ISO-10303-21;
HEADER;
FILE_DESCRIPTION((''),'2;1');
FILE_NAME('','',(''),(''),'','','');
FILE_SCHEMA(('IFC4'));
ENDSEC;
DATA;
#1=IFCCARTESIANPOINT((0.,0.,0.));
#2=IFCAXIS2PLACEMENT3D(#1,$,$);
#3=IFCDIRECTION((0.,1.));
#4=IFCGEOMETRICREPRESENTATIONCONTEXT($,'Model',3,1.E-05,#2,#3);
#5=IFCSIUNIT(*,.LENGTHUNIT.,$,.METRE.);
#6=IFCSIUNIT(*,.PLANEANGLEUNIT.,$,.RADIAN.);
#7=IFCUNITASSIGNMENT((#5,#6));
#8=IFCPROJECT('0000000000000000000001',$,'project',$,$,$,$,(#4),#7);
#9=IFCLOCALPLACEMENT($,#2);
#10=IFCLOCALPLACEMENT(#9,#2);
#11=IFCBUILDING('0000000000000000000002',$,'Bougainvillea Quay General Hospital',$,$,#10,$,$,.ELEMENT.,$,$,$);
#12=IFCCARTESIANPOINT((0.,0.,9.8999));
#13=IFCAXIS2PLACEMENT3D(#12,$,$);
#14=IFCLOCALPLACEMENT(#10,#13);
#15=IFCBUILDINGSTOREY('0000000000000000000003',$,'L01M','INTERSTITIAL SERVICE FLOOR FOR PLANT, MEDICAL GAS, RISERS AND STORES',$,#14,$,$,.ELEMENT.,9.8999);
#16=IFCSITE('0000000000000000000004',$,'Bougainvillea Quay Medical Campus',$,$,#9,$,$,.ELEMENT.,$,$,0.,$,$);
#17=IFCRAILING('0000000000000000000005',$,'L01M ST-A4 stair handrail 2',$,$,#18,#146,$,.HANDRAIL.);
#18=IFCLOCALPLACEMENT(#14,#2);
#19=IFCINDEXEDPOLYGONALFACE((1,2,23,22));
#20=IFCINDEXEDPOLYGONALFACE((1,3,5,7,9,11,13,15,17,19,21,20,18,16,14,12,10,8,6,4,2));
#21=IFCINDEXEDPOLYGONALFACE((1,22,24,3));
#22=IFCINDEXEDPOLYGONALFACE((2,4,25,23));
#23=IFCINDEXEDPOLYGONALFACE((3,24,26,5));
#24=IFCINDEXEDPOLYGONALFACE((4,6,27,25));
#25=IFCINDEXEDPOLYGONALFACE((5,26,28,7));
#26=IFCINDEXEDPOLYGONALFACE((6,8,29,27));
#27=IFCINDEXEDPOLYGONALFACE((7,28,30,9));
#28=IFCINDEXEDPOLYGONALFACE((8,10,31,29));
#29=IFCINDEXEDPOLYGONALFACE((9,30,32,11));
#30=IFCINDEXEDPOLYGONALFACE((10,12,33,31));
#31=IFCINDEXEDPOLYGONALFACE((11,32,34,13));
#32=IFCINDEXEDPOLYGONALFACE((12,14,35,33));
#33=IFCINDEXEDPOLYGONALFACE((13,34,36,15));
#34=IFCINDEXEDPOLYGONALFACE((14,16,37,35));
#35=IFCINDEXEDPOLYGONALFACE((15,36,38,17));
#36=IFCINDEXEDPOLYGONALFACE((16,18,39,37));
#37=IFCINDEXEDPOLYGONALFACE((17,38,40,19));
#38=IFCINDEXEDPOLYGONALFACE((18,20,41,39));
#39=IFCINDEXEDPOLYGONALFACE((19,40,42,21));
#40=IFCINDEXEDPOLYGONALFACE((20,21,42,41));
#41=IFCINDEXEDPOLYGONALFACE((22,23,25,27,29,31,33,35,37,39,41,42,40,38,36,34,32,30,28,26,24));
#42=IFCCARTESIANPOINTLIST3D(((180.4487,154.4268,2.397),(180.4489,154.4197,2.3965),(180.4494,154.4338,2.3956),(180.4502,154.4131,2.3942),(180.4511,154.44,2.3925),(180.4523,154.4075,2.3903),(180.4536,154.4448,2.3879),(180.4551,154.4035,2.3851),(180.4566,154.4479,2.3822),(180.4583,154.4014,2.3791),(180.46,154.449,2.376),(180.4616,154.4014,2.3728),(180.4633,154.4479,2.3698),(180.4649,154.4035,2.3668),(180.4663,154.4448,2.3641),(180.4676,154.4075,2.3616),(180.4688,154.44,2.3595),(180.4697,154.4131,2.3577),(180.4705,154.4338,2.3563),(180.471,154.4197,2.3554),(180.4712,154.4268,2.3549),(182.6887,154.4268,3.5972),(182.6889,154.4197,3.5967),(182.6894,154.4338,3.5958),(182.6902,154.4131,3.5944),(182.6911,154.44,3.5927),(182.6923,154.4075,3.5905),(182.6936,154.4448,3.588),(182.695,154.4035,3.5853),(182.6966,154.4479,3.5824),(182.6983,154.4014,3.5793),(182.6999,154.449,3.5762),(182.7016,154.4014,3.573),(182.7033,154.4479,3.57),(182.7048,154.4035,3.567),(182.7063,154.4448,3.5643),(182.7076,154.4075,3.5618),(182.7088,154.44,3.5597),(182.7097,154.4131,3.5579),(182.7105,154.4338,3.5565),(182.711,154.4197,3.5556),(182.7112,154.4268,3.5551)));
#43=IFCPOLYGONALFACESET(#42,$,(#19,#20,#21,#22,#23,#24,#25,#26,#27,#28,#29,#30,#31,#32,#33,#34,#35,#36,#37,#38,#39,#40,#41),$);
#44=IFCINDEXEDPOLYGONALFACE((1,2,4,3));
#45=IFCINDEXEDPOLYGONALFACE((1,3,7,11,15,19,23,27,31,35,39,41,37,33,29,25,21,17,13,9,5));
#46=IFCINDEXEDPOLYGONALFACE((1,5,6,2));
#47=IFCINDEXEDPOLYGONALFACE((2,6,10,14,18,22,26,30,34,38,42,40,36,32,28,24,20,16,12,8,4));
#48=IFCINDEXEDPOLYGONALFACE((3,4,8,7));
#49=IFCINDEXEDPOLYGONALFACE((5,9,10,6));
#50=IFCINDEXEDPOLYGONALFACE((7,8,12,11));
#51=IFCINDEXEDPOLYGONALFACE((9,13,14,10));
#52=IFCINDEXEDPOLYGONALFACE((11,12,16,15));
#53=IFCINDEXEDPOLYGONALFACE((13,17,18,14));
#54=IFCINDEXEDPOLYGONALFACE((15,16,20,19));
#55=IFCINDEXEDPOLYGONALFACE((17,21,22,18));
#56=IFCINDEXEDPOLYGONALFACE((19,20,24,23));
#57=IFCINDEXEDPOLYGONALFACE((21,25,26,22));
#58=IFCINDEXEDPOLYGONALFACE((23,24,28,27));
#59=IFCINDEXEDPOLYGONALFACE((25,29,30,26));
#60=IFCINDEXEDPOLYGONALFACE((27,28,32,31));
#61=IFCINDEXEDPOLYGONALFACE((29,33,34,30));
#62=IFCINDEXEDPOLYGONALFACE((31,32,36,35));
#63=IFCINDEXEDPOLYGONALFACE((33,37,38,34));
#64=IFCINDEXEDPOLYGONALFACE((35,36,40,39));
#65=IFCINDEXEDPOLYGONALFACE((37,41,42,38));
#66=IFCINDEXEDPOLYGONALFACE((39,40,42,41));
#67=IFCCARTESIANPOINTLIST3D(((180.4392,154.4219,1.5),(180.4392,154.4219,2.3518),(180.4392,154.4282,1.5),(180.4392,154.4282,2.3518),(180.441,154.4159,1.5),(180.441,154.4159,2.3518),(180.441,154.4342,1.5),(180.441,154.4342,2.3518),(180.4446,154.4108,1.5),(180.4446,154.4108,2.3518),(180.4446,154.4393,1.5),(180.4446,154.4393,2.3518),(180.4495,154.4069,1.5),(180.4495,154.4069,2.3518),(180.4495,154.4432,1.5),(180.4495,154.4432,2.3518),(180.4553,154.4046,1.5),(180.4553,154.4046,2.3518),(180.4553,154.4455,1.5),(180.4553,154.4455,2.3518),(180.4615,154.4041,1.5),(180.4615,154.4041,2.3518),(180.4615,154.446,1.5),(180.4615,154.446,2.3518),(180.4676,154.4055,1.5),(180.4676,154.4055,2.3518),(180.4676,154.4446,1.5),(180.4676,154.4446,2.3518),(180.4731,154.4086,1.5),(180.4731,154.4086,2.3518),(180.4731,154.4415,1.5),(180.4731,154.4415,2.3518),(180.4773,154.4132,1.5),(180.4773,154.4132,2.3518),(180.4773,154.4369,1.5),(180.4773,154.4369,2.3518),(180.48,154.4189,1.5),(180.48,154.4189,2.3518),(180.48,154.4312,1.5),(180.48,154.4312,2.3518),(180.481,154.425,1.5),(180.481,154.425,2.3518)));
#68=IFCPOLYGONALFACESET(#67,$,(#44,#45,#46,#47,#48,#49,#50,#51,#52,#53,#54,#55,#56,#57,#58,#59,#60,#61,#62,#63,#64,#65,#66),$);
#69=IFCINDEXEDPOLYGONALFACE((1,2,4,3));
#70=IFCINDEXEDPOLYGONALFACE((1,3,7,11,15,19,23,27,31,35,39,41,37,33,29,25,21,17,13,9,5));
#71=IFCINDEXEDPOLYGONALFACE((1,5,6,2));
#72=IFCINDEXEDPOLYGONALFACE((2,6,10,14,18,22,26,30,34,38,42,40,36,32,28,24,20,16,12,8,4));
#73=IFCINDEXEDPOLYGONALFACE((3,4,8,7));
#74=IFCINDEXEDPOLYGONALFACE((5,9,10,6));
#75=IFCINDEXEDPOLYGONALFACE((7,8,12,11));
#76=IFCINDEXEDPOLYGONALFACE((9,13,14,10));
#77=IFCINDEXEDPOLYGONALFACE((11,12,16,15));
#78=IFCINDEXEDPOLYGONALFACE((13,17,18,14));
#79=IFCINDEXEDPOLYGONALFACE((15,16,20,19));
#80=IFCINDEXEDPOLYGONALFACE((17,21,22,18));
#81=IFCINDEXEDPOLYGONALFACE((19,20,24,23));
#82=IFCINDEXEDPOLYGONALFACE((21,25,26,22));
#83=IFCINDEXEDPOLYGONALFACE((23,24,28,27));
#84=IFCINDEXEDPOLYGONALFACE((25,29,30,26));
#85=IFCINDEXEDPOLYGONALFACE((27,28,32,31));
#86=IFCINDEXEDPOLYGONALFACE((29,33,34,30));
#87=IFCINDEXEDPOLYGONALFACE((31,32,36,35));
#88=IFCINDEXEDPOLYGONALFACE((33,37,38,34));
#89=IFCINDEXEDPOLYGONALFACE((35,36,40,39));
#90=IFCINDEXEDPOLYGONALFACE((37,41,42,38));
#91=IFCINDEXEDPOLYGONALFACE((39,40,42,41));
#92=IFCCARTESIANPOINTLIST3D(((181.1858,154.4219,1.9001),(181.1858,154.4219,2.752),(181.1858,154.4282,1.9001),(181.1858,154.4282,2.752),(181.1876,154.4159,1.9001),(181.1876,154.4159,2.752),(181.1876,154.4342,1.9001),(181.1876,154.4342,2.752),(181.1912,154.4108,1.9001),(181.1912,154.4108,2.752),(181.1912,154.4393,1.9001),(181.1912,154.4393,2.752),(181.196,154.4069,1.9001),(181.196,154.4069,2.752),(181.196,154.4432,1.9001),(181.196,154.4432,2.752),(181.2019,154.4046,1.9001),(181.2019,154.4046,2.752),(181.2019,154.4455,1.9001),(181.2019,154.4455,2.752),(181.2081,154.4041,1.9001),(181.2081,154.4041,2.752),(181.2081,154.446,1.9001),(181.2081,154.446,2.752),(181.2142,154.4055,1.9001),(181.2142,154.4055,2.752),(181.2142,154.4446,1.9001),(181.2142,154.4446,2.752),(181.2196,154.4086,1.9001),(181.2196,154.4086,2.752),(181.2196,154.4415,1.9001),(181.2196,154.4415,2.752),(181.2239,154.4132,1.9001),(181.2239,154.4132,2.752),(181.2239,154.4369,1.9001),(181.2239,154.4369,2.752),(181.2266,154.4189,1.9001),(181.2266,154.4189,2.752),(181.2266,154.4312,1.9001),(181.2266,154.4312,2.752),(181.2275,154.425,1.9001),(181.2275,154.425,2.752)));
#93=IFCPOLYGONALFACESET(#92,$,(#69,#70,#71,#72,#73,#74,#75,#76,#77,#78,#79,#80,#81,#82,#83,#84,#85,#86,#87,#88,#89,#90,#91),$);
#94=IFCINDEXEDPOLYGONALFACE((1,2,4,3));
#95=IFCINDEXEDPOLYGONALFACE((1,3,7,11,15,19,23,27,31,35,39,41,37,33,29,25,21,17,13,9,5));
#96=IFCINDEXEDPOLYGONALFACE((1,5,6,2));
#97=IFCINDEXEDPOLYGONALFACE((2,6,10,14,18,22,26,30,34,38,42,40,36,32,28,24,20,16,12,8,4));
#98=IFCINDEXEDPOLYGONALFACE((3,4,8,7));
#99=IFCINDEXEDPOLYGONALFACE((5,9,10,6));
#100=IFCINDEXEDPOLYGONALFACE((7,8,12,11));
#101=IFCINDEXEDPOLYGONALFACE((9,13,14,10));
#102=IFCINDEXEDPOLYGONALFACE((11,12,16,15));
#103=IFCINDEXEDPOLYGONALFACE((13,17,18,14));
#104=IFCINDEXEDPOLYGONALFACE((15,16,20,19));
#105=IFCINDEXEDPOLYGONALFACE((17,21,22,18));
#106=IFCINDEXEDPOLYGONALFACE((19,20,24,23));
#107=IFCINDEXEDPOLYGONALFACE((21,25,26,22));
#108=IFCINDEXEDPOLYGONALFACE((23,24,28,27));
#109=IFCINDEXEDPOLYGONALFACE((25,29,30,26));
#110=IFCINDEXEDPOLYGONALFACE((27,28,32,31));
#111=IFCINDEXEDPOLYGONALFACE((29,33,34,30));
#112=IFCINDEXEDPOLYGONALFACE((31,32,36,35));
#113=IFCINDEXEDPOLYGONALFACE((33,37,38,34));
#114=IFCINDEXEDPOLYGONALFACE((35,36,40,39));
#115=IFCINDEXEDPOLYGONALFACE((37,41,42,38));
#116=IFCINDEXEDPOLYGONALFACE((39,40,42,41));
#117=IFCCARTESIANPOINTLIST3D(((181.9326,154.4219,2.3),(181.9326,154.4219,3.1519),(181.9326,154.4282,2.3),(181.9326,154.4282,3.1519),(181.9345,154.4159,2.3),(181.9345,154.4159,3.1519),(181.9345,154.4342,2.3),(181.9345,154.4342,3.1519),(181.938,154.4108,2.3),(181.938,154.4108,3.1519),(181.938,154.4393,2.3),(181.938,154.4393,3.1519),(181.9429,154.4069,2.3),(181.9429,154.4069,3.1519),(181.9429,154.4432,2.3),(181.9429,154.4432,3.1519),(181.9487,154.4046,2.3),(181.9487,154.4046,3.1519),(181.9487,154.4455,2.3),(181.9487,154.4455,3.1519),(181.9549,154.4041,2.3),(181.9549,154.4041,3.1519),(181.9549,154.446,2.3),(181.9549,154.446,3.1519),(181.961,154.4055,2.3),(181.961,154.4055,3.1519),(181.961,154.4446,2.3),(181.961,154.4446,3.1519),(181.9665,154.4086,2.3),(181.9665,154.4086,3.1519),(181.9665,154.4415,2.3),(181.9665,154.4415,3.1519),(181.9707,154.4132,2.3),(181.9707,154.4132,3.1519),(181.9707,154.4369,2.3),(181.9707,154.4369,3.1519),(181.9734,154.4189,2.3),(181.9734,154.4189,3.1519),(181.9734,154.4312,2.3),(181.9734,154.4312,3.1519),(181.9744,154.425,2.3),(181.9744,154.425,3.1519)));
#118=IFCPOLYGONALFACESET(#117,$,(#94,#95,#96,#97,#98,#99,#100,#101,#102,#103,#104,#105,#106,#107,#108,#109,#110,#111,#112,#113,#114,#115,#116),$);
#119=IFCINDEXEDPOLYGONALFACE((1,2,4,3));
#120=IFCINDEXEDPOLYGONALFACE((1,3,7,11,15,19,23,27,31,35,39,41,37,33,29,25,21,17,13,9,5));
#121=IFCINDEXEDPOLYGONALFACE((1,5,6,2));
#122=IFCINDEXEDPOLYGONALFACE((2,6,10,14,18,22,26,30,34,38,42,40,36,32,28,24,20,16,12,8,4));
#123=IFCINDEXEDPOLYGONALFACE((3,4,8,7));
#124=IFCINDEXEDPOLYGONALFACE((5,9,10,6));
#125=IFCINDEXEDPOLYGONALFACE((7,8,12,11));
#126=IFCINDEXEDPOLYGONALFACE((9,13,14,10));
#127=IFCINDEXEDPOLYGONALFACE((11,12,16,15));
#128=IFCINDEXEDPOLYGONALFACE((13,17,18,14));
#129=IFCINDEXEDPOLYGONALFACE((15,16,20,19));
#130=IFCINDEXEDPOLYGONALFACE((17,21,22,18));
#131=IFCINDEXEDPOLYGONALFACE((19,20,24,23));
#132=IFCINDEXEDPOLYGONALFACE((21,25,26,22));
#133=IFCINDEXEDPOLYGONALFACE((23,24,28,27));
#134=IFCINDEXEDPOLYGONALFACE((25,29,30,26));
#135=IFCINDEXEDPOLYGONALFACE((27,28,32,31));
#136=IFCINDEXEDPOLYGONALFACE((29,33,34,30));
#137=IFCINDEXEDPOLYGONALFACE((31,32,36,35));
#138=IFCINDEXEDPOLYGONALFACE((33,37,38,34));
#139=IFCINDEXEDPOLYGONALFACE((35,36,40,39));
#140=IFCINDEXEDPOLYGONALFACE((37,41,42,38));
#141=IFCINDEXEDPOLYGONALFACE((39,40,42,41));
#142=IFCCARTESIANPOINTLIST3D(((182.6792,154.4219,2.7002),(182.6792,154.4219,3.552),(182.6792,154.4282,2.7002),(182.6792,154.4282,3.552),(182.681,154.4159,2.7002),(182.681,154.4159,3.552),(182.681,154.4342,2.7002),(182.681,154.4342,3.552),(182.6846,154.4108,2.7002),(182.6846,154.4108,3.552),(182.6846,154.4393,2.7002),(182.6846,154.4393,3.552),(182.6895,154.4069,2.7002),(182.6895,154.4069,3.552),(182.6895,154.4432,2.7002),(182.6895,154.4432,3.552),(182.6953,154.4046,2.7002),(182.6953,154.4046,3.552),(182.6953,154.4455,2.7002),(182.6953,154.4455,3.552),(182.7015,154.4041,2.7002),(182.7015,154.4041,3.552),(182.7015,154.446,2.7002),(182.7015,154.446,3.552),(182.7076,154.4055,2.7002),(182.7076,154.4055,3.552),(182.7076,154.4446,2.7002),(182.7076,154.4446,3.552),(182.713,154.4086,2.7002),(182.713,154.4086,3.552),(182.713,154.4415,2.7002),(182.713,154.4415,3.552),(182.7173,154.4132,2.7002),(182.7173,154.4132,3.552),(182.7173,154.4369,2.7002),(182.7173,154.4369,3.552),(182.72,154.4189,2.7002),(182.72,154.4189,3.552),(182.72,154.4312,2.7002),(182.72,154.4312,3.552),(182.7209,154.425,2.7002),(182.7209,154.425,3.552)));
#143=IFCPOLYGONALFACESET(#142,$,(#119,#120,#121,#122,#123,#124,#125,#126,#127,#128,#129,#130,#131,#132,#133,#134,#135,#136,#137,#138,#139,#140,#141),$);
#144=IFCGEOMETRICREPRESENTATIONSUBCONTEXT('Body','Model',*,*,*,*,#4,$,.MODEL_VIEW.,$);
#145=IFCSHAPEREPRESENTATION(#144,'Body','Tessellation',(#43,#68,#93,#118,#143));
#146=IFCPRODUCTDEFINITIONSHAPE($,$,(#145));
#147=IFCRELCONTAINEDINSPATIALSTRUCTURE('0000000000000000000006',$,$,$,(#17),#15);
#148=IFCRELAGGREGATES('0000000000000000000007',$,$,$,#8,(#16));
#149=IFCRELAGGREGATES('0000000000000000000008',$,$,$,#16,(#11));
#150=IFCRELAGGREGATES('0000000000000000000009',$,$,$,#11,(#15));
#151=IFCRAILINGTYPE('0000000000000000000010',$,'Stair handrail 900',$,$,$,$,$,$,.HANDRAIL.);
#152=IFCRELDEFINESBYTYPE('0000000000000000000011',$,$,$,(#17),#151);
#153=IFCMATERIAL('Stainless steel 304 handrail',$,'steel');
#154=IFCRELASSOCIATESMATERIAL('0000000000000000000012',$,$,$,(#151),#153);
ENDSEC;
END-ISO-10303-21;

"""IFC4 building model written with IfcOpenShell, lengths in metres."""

from ifc_helpers import new_model, si_unit, direction, frame, origin, origin_2d, place, context, subcontext, project, spatial, circle, extrude, material, type_object, element, save


model = new_model("IFC4")

# Units and contexts
model_context = context("Model", 3, precision=1e-05, world=origin(), true_north=direction((0.0, 1.0)))
body_context = subcontext(model_context, "Body", "Model", "MODEL_VIEW")
ifc_project = project(units=[si_unit("LENGTHUNIT", "METRE"), si_unit("PLANEANGLEUNIT", "RADIAN")], contexts=[model_context])

# Site, building, storey
site_placement = place(None, origin())
site = spatial("IfcSite", under=ifc_project, at=site_placement, Name="Bougainvillea Quay Medical Campus", CompositionType="ELEMENT", RefElevation=0.0)
building_placement = place(site_placement, origin())
building = spatial("IfcBuilding", under=site, at=building_placement, Name="Bougainvillea Quay General Hospital", CompositionType="ELEMENT")
storey_placement = place(building_placement, frame((0.0, 0.0, 9.8999)))
storey = spatial("IfcBuildingStorey", under=building, at=storey_placement, Name="L01M", Description="INTERSTITIAL SERVICE FLOOR FOR PLANT, MEDICAL GAS, RISERS AND STORES", CompositionType="ELEMENT", Elevation=9.8999)

# Railing
ifc_material_1 = material(Name="Stainless steel 304 handrail", Category="steel")
railing_type_1 = type_object("IfcRailingType", Name="Stair handrail 900", PredefinedType="HANDRAIL", material=ifc_material_1)
railing_1_placement = place(storey_placement, frame((180.46, 154.425, 1.5)))
element("IfcRailing", 1, at=railing_1_placement, inside=storey, type_object=railing_type_1, Name="L01M ST-A4 stair handrail 2", PredefinedType="HANDRAIL", context=body_context, shape_type="SweptSolid", body=[
    extrude(circle(Radius=0.0239, at=origin_2d()), frame((0.0, 0.0, 0.876), z_axis=(0.881447, 0.0, 0.472283), x_axis=(0.0, 1.0, 0.0)), (0.0, 0.0, 1.0), 2.5413),
    extrude(circle(Radius=0.021, at=origin_2d()), origin(), (0.0, 0.0, 1.0), 0.8518),
    extrude(circle(Radius=0.021, at=origin_2d()), frame((0.7466, 0.0, 0.4001)), (0.0, 0.0, 1.0), 0.8518),
    extrude(circle(Radius=0.021, at=origin_2d()), frame((1.4934, 0.0, 0.8)), (0.0, 0.0, 1.0), 0.8518),
    extrude(circle(Radius=0.021, at=origin_2d()), frame((2.24, 0.0, 1.2002)), (0.0, 0.0, 1.0), 0.8518),
])

save(model, "model.ifc")
